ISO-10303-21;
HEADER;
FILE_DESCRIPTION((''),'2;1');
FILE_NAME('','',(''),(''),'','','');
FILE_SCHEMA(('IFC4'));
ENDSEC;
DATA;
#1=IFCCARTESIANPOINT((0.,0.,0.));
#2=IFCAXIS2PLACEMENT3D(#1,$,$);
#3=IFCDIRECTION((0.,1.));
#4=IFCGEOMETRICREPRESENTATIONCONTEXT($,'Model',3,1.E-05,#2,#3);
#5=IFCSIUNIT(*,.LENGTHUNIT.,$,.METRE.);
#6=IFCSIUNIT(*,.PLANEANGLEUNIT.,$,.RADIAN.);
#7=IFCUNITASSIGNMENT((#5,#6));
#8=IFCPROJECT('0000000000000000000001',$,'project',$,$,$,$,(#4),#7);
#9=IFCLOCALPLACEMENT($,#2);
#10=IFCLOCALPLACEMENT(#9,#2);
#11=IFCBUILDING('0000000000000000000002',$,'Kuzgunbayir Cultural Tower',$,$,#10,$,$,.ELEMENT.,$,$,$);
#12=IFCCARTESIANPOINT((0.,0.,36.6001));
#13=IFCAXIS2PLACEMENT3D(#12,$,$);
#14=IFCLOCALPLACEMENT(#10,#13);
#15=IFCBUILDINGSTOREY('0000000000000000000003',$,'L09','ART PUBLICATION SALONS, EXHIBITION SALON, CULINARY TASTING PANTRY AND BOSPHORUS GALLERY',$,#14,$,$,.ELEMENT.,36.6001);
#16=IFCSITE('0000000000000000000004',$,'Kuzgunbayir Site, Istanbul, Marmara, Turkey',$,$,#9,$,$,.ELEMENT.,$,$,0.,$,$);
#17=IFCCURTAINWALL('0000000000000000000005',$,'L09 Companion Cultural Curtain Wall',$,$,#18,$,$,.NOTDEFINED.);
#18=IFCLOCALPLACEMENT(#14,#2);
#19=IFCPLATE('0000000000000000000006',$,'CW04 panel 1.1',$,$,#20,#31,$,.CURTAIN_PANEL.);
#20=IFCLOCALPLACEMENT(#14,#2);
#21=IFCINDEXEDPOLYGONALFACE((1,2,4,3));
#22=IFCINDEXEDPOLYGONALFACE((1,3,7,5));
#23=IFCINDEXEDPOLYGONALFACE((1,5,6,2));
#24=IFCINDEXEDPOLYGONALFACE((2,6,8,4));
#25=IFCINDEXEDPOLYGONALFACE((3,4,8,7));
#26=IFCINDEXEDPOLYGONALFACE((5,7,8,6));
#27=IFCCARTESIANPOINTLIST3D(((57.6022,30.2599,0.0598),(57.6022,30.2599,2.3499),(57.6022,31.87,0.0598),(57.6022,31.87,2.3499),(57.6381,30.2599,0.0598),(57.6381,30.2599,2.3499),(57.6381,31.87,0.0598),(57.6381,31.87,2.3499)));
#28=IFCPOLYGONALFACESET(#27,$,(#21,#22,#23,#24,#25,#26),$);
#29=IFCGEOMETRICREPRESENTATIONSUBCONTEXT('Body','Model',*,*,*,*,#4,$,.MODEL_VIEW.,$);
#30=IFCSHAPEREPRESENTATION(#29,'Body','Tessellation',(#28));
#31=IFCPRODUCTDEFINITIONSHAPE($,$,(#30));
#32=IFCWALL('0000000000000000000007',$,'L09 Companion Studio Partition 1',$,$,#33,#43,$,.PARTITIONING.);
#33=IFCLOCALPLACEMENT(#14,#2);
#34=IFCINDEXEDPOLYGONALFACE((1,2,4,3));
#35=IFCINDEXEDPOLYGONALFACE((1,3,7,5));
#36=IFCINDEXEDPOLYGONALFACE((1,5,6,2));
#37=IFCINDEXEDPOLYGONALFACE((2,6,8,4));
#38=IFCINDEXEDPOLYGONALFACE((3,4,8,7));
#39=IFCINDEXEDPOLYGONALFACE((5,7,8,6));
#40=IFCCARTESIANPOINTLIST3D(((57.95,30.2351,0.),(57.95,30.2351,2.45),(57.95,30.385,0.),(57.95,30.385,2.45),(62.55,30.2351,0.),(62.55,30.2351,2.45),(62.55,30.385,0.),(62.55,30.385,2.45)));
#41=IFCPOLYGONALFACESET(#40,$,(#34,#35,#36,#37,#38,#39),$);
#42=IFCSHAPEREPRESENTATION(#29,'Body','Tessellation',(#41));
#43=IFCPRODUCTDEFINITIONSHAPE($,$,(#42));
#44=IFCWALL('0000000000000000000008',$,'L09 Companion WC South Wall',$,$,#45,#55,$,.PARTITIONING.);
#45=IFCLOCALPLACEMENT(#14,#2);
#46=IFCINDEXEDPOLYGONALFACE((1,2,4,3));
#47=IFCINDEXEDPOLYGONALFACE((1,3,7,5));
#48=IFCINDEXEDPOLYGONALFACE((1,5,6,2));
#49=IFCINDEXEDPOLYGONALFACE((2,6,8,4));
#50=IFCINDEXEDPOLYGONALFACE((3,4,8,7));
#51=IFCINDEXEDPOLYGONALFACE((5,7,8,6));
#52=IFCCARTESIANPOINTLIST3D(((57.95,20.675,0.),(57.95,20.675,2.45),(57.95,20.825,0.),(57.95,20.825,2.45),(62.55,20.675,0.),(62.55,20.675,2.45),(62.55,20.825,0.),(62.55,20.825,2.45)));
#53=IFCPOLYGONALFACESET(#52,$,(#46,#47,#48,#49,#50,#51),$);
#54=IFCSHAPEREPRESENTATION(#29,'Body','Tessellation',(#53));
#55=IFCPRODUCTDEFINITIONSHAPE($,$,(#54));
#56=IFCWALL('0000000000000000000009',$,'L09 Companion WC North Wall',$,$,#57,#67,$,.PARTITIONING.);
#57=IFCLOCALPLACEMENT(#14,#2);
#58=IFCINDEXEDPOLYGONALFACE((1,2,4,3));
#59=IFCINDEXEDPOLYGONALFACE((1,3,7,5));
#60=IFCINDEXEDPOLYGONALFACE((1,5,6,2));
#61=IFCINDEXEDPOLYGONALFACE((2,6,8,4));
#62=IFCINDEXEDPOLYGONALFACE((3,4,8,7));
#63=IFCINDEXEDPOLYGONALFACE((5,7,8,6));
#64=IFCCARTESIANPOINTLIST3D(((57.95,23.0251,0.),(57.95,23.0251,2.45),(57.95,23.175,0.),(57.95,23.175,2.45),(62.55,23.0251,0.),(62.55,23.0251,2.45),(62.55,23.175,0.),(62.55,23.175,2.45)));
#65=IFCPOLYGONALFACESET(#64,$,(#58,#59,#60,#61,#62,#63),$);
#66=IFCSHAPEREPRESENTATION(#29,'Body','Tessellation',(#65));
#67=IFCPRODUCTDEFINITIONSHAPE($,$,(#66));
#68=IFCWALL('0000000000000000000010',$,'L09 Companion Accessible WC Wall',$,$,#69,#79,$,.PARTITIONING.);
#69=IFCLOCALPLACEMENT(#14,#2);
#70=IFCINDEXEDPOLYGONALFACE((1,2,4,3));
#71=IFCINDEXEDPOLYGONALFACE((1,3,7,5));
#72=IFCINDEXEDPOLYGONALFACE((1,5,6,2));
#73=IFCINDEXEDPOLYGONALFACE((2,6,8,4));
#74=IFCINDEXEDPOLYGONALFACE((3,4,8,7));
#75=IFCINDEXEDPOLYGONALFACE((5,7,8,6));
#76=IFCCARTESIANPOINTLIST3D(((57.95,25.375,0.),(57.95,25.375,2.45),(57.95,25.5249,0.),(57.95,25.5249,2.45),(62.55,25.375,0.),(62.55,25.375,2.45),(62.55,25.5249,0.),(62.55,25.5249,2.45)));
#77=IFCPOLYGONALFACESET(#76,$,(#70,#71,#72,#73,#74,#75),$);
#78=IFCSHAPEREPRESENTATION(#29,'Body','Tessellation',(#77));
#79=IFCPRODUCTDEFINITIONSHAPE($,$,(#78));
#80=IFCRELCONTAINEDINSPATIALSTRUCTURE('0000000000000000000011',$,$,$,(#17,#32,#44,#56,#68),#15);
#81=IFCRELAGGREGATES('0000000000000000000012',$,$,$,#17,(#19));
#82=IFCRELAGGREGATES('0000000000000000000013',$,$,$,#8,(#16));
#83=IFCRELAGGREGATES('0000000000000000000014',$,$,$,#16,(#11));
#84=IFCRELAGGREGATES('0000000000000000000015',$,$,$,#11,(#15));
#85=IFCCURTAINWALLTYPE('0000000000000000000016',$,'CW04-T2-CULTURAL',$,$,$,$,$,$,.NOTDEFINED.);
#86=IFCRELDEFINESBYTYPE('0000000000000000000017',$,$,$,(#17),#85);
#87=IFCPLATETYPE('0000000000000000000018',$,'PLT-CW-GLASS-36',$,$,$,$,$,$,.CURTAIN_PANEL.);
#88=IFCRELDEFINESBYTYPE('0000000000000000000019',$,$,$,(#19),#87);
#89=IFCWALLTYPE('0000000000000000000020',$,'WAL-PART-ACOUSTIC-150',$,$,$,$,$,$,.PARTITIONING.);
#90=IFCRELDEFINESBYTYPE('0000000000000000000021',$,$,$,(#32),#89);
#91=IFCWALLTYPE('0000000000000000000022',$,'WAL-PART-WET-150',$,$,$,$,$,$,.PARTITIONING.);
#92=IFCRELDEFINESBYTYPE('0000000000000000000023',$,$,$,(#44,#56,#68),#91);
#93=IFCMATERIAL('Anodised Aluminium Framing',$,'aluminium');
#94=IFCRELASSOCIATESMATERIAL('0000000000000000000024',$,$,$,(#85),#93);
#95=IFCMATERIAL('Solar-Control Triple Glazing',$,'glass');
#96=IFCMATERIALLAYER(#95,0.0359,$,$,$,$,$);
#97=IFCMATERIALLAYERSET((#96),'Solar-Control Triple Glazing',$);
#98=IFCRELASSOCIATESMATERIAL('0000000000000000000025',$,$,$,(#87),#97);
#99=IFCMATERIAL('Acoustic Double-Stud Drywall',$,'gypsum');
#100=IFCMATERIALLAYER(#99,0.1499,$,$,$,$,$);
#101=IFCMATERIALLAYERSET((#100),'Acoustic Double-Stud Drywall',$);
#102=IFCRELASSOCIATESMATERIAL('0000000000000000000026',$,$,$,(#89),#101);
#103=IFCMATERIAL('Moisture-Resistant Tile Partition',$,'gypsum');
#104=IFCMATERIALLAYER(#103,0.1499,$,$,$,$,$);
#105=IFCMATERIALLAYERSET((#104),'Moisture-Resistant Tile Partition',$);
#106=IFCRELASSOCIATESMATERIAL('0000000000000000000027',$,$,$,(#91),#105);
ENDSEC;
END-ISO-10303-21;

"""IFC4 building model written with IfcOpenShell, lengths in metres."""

from ifc_helpers import new_model, si_unit, direction, frame, frame_2d, origin, origin_2d, place, context, subcontext, project, spatial, rectangle, extrude, material, layer, layer_set, type_object, element, aggregate, save


model = new_model("IFC4")

# Units and contexts
model_context = context("Model", 3, precision=1e-05, world=origin(), true_north=direction((0.0, 1.0)))
body_context = subcontext(model_context, "Body", "Model", "MODEL_VIEW")
ifc_project = project(units=[si_unit("LENGTHUNIT", "METRE"), si_unit("PLANEANGLEUNIT", "RADIAN")], contexts=[model_context])

# Site, building, storey
site_placement = place(None, origin())
site = spatial("IfcSite", under=ifc_project, at=site_placement, Name="Kuzgunbayir Site, Istanbul, Marmara, Turkey", CompositionType="ELEMENT", RefElevation=0.0)
building_placement = place(site_placement, origin())
building = spatial("IfcBuilding", under=site, at=building_placement, Name="Kuzgunbayir Cultural Tower", CompositionType="ELEMENT")
storey_placement = place(building_placement, frame((0.0, 0.0, 36.6001)))
storey = spatial("IfcBuildingStorey", under=building, at=storey_placement, Name="L09", Description="ART PUBLICATION SALONS, EXHIBITION SALON, CULINARY TASTING PANTRY AND BOSPHORUS GALLERY", CompositionType="ELEMENT", Elevation=36.6001)

# Curtain wall, plate
ifc_material_1 = material(Name="Anodised Aluminium Framing", Category="aluminium")
curtain_wall_type = type_object("IfcCurtainWallType", Name="CW04-T2-CULTURAL", PredefinedType="NOTDEFINED", material=ifc_material_1)
curtain_wall_placement = place(storey_placement, origin())
curtain_wall = element("IfcCurtainWall", 1, at=curtain_wall_placement, inside=storey, type_object=curtain_wall_type, Name="L09 Companion Cultural Curtain Wall", PredefinedType="NOTDEFINED")
ifc_material_2 = material(Name="Solar-Control Triple Glazing", Category="glass")
ifc_layer_1 = layer(ifc_material_2, 0.0359)
ifc_layer_set_1 = layer_set([ifc_layer_1], Name="Solar-Control Triple Glazing")
plate_type = type_object("IfcPlateType", Name="PLT-CW-GLASS-36", PredefinedType="CURTAIN_PANEL", material=ifc_layer_set_1)
plate_placement = place(storey_placement, frame((57.6201, 31.0649, 0.0598), z_axis=(0.0, 0.0, 1.0), x_axis=(0.0, 1.0, 0.0)))
plate = element("IfcPlate", 2, at=plate_placement, type_object=plate_type, Name="CW04 panel 1.1", PredefinedType="CURTAIN_PANEL", context=body_context, shape_type="SweptSolid", body=[
    extrude(rectangle(XDim=1.6101, YDim=0.0359, at=origin_2d()), origin(), (0.0, 0.0, 1.0), 2.29),
])
aggregate(curtain_wall, [plate])

# Walls
ifc_material_3 = material(Name="Acoustic Double-Stud Drywall", Category="gypsum")
ifc_layer_2 = layer(ifc_material_3, 0.1499)
ifc_layer_set_2 = layer_set([ifc_layer_2], Name="Acoustic Double-Stud Drywall")
wall_type_1 = type_object("IfcWallType", Name="WAL-PART-ACOUSTIC-150", PredefinedType="PARTITIONING", material=ifc_layer_set_2)
wall_placement = place(storey_placement, frame((57.95, 30.3101, 0.0), z_axis=(0.0, 0.0, 1.0), x_axis=(1.0, 0.0, 0.0)))
element("IfcWall", 3, at=wall_placement, inside=storey, type_object=wall_type_1, Name="L09 Companion Studio Partition 1", PredefinedType="PARTITIONING", context=body_context, shape_type="SweptSolid", body=[
    extrude(rectangle(XDim=4.6001, YDim=0.1499, at=frame_2d((2.3, 0.0))), origin(), (0.0, 0.0, 1.0), 2.45),
])
ifc_material_4 = material(Name="Moisture-Resistant Tile Partition", Category="gypsum")
ifc_layer_3 = layer(ifc_material_4, 0.1499)
ifc_layer_set_3 = layer_set([ifc_layer_3], Name="Moisture-Resistant Tile Partition")
wall_type_2 = type_object("IfcWallType", Name="WAL-PART-WET-150", PredefinedType="PARTITIONING", material=ifc_layer_set_3)
for number, where, z_axis, x_axis, name in (
    (4, (57.95, 20.75, 0.0), (0.0, 0.0, 1.0), (1.0, 0.0, 0.0), "L09 Companion WC South Wall"),
    (5, (57.95, 23.1001, 0.0), (0.0, 0.0, 1.0), (1.0, 0.0, 0.0), "L09 Companion WC North Wall"),
    (6, (57.95, 25.45, 0.0), (0.0, 0.0, 1.0), (1.0, 0.0, 0.0), "L09 Companion Accessible WC Wall"),
):
    element("IfcWall", number, at=place(storey_placement, frame(where, z_axis=z_axis, x_axis=x_axis)), inside=storey, type_object=wall_type_2, Name=name, PredefinedType="PARTITIONING", context=body_context, shape_type="SweptSolid", body=[
        extrude(rectangle(XDim=4.6001, YDim=0.1499, at=frame_2d((2.3, 0.0))), origin(), (0.0, 0.0, 1.0), 2.45),
    ])

save(model, "model.ifc")
